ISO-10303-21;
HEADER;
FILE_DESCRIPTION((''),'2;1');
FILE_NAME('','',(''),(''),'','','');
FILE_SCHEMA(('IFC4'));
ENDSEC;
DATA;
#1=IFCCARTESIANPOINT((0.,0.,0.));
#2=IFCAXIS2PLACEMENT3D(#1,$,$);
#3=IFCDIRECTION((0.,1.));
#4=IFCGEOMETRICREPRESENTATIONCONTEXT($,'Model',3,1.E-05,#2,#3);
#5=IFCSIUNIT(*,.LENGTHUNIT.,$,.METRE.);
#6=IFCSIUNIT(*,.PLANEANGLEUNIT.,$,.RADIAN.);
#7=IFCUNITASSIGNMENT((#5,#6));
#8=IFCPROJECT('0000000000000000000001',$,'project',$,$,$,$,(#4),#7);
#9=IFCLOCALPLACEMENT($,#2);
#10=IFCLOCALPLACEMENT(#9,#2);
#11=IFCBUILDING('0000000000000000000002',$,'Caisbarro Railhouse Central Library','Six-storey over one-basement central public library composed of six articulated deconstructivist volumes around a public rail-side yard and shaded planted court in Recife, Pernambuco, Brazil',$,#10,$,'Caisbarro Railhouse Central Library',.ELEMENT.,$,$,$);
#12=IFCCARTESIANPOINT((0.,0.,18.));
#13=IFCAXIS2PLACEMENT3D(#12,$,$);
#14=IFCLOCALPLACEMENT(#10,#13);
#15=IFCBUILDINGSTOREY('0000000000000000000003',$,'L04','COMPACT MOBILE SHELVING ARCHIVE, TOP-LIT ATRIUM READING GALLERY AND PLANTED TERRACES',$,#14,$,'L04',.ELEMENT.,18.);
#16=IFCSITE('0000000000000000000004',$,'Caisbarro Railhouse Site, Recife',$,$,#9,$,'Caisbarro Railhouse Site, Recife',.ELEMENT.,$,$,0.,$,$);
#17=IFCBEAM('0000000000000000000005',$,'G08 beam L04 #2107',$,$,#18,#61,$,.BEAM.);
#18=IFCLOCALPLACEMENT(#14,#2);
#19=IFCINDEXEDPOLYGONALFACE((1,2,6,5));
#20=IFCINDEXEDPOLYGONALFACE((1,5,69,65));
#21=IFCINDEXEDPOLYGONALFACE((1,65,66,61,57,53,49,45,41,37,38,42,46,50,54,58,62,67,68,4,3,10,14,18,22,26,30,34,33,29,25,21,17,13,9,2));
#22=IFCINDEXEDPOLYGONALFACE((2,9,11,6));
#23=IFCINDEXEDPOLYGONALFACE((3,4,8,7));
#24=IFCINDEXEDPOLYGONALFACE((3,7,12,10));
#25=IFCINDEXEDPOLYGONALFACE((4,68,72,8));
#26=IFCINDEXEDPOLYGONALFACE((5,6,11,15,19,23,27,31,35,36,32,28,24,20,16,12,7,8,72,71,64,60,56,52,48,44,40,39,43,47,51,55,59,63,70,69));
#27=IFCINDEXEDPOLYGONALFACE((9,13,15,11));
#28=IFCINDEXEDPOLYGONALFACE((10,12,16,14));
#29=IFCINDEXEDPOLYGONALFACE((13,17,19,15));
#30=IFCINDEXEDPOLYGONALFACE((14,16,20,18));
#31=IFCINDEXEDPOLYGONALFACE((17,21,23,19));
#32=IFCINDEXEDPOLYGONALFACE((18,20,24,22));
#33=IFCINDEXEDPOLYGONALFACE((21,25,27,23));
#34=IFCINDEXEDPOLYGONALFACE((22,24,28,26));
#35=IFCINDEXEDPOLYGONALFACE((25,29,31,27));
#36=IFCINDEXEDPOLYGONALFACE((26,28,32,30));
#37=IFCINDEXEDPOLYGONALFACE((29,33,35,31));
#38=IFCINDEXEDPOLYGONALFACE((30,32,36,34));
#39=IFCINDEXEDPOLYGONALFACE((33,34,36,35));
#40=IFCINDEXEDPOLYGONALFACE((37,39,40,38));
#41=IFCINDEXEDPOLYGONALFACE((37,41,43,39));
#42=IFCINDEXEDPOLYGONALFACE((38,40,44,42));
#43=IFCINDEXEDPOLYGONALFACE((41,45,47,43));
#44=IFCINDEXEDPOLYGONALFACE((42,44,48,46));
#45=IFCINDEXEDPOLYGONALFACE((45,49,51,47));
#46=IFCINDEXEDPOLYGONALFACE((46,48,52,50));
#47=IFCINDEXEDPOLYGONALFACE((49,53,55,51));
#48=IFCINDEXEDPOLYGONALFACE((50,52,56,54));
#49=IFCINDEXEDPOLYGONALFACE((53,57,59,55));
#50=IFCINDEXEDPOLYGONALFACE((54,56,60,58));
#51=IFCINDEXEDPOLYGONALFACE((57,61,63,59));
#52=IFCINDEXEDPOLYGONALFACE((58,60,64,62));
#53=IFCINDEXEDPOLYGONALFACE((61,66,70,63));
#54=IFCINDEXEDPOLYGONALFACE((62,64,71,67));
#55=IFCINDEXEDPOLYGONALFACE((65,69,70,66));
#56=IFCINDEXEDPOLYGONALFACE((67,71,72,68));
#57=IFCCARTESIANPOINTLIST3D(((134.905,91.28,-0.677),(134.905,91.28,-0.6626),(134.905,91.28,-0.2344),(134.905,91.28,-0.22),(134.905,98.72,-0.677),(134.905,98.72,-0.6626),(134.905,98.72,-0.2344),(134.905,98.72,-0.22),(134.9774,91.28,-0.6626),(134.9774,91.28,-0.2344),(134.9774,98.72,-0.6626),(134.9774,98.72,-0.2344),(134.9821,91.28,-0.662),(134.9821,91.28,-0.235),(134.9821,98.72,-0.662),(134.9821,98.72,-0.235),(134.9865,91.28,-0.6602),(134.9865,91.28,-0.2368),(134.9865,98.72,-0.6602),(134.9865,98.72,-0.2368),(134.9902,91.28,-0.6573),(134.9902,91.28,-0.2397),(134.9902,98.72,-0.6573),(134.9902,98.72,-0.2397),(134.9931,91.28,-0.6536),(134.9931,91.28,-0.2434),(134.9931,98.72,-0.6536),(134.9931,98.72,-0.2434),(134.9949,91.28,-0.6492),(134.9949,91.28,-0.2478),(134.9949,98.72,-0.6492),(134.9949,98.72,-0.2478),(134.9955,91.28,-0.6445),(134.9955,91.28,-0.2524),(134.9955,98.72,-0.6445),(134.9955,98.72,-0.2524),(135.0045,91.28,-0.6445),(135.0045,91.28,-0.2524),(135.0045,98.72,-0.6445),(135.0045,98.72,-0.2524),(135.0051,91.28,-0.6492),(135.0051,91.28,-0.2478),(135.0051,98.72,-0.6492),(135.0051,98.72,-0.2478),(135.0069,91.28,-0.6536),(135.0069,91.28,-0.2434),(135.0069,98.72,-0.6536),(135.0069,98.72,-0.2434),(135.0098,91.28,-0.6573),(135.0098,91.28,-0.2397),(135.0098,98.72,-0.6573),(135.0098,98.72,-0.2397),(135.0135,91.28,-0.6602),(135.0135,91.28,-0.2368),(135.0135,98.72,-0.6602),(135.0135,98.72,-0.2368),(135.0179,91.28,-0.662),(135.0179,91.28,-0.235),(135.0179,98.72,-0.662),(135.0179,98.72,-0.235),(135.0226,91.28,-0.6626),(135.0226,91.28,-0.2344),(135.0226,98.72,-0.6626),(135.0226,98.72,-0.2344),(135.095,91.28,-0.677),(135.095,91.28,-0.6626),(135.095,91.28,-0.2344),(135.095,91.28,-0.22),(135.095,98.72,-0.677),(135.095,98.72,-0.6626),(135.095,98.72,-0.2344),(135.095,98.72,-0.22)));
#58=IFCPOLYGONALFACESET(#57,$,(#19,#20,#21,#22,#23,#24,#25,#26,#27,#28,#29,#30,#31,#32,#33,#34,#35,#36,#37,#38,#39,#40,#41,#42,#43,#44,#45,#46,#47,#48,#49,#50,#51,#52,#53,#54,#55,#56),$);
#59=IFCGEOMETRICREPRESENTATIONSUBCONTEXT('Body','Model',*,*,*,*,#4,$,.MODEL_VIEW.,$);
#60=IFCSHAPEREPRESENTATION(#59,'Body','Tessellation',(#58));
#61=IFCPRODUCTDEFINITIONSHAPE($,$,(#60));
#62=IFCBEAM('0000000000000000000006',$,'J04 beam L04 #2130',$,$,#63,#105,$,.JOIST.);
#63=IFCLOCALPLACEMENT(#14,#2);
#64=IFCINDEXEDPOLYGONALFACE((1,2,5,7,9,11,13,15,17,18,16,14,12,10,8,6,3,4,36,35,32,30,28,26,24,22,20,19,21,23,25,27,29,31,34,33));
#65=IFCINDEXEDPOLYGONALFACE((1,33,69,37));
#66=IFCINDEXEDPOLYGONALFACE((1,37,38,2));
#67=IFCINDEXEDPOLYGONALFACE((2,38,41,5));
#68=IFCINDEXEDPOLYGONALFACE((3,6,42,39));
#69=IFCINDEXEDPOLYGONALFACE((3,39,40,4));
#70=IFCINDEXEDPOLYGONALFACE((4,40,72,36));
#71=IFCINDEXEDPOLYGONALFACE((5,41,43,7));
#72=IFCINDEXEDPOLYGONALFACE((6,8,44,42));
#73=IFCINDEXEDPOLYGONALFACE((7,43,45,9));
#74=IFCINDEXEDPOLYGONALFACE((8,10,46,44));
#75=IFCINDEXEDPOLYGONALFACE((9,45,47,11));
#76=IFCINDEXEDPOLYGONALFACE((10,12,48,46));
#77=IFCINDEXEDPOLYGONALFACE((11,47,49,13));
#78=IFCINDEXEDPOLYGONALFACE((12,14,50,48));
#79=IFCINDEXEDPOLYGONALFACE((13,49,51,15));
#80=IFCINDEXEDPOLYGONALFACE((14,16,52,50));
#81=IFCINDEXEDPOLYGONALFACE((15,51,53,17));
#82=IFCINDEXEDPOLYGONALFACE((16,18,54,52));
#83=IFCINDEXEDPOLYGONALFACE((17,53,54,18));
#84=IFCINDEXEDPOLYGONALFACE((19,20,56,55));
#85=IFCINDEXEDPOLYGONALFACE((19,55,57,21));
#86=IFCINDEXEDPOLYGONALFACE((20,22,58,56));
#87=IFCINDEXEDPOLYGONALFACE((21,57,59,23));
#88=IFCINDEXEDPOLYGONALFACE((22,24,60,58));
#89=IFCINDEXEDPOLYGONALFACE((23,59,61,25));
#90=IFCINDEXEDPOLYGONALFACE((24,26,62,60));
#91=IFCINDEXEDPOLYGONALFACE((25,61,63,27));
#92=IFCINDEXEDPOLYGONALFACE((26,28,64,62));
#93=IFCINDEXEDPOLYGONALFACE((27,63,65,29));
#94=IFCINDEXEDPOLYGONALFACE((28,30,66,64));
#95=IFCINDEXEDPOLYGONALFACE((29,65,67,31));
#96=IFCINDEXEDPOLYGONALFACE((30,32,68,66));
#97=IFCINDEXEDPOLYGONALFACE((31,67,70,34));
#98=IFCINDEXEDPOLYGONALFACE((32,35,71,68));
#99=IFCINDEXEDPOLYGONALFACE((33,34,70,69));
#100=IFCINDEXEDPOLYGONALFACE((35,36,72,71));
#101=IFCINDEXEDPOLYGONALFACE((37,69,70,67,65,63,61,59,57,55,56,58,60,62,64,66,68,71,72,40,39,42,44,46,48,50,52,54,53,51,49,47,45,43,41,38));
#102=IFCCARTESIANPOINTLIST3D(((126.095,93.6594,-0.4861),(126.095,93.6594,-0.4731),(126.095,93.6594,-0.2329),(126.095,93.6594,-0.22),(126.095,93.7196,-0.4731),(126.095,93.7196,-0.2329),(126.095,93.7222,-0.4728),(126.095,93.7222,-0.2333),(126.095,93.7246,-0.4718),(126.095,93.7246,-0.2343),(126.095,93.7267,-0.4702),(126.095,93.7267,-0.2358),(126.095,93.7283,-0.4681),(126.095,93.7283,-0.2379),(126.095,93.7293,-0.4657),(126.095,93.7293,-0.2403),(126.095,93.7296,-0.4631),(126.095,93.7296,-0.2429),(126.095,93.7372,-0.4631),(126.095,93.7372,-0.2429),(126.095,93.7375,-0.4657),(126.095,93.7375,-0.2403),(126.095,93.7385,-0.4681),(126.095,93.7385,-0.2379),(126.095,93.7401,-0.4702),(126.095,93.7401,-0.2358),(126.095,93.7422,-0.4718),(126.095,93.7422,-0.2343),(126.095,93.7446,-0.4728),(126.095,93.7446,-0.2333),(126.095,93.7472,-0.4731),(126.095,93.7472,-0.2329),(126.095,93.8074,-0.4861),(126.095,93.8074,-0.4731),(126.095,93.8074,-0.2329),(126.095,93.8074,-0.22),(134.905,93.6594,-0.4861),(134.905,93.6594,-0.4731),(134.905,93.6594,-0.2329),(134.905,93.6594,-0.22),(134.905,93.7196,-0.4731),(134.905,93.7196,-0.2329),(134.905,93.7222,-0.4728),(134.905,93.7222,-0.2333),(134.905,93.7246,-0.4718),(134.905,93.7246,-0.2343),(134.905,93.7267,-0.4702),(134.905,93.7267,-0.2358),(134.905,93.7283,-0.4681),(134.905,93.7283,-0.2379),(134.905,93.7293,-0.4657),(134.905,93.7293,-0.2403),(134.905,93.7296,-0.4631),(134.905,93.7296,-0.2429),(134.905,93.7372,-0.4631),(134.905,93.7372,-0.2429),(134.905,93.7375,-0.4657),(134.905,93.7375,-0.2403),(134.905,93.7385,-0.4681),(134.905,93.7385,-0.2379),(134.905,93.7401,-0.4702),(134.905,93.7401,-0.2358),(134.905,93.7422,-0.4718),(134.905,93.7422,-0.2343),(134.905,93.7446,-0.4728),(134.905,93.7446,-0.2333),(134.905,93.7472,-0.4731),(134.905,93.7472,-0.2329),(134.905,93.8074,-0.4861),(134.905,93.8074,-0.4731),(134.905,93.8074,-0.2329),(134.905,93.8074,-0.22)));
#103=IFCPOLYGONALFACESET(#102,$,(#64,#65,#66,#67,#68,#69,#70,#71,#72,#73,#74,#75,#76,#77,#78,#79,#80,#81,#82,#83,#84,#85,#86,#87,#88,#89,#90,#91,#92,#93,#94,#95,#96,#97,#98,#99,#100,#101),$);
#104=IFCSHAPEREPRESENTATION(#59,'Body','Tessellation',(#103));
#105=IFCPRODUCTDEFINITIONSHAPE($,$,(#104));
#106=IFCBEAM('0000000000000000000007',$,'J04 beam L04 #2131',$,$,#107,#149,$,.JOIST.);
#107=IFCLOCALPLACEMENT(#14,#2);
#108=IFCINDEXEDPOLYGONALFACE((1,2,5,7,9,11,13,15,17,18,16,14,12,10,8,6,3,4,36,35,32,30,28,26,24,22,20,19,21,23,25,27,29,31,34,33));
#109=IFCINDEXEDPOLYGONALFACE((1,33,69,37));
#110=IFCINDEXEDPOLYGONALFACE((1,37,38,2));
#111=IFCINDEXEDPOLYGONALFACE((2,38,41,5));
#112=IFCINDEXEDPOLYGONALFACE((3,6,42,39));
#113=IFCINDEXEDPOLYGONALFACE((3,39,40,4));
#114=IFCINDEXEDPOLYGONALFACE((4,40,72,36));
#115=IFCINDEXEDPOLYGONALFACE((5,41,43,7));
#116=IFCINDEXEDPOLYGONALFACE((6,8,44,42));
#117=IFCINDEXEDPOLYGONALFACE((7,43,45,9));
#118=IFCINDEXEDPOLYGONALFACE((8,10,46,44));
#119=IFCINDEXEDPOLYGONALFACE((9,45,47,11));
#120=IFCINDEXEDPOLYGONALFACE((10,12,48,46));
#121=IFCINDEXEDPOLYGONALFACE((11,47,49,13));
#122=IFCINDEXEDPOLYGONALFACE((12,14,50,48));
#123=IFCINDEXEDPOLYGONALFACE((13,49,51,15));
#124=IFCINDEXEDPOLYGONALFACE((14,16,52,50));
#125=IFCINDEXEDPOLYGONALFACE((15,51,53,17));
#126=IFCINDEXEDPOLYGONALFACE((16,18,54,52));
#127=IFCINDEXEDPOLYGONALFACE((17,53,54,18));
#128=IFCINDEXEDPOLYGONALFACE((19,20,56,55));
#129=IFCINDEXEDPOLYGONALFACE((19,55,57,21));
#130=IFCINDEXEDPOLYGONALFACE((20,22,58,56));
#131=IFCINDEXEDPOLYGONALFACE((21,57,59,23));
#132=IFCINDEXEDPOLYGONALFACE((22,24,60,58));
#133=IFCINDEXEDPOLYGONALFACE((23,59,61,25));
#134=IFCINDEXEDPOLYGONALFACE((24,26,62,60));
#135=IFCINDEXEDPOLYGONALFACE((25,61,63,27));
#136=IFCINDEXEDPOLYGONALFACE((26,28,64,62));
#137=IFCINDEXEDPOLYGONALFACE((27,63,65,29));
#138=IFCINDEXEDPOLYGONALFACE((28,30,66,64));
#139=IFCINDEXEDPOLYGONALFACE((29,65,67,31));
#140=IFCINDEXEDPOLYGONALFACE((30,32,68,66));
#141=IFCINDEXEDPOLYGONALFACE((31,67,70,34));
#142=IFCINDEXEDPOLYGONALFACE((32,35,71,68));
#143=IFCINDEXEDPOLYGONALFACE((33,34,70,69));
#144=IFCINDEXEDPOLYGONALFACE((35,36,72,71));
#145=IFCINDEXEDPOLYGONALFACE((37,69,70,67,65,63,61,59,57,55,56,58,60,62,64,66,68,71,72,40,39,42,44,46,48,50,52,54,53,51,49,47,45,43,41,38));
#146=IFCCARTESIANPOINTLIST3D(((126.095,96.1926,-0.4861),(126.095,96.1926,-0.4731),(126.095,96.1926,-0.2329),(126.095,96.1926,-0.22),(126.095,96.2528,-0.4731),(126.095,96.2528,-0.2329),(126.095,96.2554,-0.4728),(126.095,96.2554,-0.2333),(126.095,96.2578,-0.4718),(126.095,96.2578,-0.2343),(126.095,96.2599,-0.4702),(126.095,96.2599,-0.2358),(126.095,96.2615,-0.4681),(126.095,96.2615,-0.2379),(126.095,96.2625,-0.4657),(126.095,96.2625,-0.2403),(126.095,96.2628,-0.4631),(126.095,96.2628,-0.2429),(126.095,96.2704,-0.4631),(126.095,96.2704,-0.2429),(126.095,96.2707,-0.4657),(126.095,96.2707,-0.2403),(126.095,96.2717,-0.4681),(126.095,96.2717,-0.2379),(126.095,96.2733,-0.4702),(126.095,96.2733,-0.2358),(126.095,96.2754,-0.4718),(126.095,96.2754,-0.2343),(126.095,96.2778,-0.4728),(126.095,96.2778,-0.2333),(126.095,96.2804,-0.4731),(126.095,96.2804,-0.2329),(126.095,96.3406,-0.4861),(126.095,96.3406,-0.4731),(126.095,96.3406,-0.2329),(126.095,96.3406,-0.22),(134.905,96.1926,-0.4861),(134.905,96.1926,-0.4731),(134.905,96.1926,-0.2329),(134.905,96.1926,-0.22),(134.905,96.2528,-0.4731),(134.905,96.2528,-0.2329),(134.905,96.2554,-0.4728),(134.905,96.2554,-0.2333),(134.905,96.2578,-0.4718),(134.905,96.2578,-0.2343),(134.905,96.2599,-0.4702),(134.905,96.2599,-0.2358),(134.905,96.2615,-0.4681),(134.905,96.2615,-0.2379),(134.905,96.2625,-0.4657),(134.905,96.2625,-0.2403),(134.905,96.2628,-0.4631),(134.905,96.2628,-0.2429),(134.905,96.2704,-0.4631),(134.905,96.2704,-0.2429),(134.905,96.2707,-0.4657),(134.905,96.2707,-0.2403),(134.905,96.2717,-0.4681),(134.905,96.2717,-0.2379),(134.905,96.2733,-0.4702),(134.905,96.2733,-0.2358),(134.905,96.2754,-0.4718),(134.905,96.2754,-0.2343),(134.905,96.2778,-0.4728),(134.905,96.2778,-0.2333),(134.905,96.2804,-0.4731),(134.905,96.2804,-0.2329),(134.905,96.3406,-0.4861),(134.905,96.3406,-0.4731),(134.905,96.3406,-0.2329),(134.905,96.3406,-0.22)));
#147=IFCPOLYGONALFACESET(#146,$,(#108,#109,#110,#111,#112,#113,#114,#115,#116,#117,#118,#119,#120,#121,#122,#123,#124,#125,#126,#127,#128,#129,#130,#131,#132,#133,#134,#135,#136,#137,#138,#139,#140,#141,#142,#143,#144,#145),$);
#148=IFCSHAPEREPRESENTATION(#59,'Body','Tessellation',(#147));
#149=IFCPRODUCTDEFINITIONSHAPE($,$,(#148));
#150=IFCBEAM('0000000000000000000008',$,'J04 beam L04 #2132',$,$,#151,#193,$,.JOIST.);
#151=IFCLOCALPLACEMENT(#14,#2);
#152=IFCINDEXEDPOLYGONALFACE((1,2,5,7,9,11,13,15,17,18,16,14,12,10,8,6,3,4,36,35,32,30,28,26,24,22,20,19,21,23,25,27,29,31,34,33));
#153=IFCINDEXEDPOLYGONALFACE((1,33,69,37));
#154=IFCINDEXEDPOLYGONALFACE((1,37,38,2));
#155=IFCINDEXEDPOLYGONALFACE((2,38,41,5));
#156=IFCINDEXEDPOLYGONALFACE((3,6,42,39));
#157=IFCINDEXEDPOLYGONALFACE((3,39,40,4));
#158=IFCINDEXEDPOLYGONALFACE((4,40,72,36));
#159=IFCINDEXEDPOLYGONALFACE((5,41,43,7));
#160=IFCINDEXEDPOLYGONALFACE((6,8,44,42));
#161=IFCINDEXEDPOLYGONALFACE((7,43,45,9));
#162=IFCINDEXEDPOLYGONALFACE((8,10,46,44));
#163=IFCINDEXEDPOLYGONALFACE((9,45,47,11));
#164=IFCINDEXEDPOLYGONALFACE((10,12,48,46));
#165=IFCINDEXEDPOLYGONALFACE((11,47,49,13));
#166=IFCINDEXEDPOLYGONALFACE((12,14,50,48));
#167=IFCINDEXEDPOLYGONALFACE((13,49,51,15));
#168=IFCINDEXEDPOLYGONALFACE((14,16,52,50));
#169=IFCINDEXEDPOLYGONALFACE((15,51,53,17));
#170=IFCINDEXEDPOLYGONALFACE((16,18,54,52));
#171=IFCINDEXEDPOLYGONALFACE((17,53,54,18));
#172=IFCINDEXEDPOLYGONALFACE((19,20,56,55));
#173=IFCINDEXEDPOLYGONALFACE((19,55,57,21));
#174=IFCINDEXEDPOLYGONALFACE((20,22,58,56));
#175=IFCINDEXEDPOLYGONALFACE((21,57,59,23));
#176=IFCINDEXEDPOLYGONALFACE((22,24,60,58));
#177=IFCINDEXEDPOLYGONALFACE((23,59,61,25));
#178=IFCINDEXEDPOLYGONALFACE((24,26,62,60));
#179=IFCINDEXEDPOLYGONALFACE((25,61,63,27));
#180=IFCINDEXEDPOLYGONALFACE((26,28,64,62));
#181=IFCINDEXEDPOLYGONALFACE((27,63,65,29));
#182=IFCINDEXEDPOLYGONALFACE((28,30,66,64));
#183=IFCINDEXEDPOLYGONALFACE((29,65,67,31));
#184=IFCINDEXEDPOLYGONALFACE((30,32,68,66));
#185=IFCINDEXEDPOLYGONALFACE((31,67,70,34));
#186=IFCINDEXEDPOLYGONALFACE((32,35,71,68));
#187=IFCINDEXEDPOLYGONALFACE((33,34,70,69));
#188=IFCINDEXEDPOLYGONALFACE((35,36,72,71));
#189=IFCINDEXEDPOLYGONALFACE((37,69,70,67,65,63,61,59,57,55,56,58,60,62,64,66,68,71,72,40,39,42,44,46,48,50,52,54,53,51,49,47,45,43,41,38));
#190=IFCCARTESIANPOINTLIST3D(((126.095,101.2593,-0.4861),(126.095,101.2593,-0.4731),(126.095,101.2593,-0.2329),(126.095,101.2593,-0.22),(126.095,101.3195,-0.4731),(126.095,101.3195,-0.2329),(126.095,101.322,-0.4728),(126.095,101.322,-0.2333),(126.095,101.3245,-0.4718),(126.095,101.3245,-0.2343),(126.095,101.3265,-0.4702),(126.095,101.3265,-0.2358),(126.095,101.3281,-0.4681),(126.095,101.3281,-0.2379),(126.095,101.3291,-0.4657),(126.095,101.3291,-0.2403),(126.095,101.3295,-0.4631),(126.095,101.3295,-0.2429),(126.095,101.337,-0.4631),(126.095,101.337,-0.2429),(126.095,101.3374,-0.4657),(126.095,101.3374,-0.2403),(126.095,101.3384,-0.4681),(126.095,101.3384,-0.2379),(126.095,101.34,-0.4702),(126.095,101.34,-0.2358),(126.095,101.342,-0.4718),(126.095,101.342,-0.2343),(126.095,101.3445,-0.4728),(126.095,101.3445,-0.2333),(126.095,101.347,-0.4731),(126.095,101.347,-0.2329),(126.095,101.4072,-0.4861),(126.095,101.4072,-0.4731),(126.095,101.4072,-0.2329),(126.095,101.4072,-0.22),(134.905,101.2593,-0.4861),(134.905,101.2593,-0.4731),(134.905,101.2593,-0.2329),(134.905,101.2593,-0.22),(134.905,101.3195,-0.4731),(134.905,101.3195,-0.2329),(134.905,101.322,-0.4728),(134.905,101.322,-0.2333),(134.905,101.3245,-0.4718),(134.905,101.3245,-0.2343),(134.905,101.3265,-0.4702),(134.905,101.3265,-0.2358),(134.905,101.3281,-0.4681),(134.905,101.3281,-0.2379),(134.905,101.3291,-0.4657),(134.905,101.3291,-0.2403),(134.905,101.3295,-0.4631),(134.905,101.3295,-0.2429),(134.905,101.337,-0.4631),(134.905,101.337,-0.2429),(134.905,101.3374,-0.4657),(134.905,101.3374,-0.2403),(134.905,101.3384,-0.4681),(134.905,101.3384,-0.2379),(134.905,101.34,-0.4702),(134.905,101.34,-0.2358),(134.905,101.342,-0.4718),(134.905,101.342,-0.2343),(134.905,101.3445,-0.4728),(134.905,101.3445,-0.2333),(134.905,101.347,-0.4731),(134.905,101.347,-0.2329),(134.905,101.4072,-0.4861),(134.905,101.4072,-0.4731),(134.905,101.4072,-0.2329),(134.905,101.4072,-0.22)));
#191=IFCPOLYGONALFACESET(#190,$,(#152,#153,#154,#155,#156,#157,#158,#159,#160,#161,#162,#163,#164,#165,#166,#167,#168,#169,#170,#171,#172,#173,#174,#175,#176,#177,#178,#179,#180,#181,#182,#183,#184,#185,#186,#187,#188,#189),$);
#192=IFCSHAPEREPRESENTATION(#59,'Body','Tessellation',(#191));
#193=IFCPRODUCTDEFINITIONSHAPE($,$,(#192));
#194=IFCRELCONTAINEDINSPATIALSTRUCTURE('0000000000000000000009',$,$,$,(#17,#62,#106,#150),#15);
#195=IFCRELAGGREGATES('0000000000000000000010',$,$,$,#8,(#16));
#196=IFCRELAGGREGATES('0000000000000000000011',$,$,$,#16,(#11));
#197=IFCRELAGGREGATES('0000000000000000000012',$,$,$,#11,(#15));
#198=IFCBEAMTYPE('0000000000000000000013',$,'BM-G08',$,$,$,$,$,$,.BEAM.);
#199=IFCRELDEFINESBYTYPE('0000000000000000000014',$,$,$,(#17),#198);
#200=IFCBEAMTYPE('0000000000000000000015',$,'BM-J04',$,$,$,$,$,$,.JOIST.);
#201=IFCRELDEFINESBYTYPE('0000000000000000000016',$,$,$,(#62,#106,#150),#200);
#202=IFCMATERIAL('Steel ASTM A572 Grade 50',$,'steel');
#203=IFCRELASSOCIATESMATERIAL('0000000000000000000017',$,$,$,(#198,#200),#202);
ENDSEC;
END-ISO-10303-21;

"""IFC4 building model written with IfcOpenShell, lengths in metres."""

from ifc_helpers import new_model, si_unit, direction, frame, origin, origin_2d, place, context, subcontext, project, spatial, i_section, extrude, material, material_profile, profile_set, type_object, element, save


model = new_model("IFC4")

# Units and contexts
model_context = context("Model", 3, precision=1e-05, world=origin(), true_north=direction((0.0, 1.0)))
body_context = subcontext(model_context, "Body", "Model", "MODEL_VIEW")
ifc_project = project(units=[si_unit("LENGTHUNIT", "METRE"), si_unit("PLANEANGLEUNIT", "RADIAN")], contexts=[model_context])

# Site, building, storey
site_placement = place(None, origin())
site = spatial("IfcSite", under=ifc_project, at=site_placement, Name="Caisbarro Railhouse Site, Recife", LongName="Caisbarro Railhouse Site, Recife", CompositionType="ELEMENT", RefElevation=0.0)
building_placement = place(site_placement, origin())
building = spatial("IfcBuilding", under=site, at=building_placement, Name="Caisbarro Railhouse Central Library", Description="Six-storey over one-basement central public library composed of six articulated deconstructivist volumes around a public rail-side yard and shaded planted court in Recife, Pernambuco, Brazil", LongName="Caisbarro Railhouse Central Library", CompositionType="ELEMENT")
storey_placement = place(building_placement, frame((0.0, 0.0, 18.0)))
storey = spatial("IfcBuildingStorey", under=building, at=storey_placement, Name="L04", Description="COMPACT MOBILE SHELVING ARCHIVE, TOP-LIT ATRIUM READING GALLERY AND PLANTED TERRACES", LongName="L04", CompositionType="ELEMENT", Elevation=18.0)

# Shared definitions
ifc_material_1 = material(Name="Steel ASTM A572 Grade 50", Category="steel")

# Beams
ifc_material_profile_1 = material_profile(ifc_material_1, i_section(OverallWidth=0.1899, OverallDepth=0.457, WebThickness=0.009, FlangeThickness=0.0144, FilletRadius=0.0181, at=origin_2d()), Name="W460X74.0")
ifc_profile_set_1 = profile_set([ifc_material_profile_1], Name="Steel ASTM A572 Grade 50")
beam_type_1 = type_object("IfcBeamType", Name="BM-G08", PredefinedType="BEAM", material=ifc_profile_set_1)
beam_1_placement = place(storey_placement, frame((135.0, 91.28, -0.4485), z_axis=(0.0, 1.0, 0.0), x_axis=(-1.0, 0.0, 0.0)))
element("IfcBeam", 1, at=beam_1_placement, inside=storey, type_object=beam_type_1, Name="G08 beam L04 #2107", PredefinedType="BEAM", context=body_context, shape_type="SweptSolid", body=[
    extrude(i_section(OverallWidth=0.1899, OverallDepth=0.457, WebThickness=0.009, FlangeThickness=0.0144, FilletRadius=0.0181, at=origin_2d()), origin(), (0.0, 0.0, 1.0), 7.4399),
])
ifc_material_profile_2 = material_profile(ifc_material_1, i_section(OverallWidth=0.1479, OverallDepth=0.2661, WebThickness=0.0076, FlangeThickness=0.0129, FilletRadius=0.01, at=origin_2d()), Name="W250X44.8")
ifc_profile_set_2 = profile_set([ifc_material_profile_2], Name="Steel ASTM A572 Grade 50")
beam_type_2 = type_object("IfcBeamType", Name="BM-J04", PredefinedType="JOIST", material=ifc_profile_set_2)
for number, where, z_axis, x_axis, name in (
    (2, (126.095, 93.7334, -0.353), (1.0, 0.0, 0.0), (0.0, 1.0, 0.0), "J04 beam L04 #2130"),
    (3, (126.095, 96.2666, -0.353), (1.0, 0.0, 0.0), (0.0, 1.0, 0.0), "J04 beam L04 #2131"),
    (4, (126.095, 101.3333, -0.353), (1.0, 0.0, 0.0), (0.0, 1.0, 0.0), "J04 beam L04 #2132"),
):
    element("IfcBeam", number, at=place(storey_placement, frame(where, z_axis=z_axis, x_axis=x_axis)), inside=storey, type_object=beam_type_2, Name=name, PredefinedType="JOIST", context=body_context, shape_type="SweptSolid", body=[
        extrude(i_section(OverallWidth=0.1479, OverallDepth=0.2661, WebThickness=0.0076, FlangeThickness=0.0129, FilletRadius=0.01, at=origin_2d()), origin(), (0.0, 0.0, 1.0), 8.8101),
    ])

save(model, "model.ifc")
